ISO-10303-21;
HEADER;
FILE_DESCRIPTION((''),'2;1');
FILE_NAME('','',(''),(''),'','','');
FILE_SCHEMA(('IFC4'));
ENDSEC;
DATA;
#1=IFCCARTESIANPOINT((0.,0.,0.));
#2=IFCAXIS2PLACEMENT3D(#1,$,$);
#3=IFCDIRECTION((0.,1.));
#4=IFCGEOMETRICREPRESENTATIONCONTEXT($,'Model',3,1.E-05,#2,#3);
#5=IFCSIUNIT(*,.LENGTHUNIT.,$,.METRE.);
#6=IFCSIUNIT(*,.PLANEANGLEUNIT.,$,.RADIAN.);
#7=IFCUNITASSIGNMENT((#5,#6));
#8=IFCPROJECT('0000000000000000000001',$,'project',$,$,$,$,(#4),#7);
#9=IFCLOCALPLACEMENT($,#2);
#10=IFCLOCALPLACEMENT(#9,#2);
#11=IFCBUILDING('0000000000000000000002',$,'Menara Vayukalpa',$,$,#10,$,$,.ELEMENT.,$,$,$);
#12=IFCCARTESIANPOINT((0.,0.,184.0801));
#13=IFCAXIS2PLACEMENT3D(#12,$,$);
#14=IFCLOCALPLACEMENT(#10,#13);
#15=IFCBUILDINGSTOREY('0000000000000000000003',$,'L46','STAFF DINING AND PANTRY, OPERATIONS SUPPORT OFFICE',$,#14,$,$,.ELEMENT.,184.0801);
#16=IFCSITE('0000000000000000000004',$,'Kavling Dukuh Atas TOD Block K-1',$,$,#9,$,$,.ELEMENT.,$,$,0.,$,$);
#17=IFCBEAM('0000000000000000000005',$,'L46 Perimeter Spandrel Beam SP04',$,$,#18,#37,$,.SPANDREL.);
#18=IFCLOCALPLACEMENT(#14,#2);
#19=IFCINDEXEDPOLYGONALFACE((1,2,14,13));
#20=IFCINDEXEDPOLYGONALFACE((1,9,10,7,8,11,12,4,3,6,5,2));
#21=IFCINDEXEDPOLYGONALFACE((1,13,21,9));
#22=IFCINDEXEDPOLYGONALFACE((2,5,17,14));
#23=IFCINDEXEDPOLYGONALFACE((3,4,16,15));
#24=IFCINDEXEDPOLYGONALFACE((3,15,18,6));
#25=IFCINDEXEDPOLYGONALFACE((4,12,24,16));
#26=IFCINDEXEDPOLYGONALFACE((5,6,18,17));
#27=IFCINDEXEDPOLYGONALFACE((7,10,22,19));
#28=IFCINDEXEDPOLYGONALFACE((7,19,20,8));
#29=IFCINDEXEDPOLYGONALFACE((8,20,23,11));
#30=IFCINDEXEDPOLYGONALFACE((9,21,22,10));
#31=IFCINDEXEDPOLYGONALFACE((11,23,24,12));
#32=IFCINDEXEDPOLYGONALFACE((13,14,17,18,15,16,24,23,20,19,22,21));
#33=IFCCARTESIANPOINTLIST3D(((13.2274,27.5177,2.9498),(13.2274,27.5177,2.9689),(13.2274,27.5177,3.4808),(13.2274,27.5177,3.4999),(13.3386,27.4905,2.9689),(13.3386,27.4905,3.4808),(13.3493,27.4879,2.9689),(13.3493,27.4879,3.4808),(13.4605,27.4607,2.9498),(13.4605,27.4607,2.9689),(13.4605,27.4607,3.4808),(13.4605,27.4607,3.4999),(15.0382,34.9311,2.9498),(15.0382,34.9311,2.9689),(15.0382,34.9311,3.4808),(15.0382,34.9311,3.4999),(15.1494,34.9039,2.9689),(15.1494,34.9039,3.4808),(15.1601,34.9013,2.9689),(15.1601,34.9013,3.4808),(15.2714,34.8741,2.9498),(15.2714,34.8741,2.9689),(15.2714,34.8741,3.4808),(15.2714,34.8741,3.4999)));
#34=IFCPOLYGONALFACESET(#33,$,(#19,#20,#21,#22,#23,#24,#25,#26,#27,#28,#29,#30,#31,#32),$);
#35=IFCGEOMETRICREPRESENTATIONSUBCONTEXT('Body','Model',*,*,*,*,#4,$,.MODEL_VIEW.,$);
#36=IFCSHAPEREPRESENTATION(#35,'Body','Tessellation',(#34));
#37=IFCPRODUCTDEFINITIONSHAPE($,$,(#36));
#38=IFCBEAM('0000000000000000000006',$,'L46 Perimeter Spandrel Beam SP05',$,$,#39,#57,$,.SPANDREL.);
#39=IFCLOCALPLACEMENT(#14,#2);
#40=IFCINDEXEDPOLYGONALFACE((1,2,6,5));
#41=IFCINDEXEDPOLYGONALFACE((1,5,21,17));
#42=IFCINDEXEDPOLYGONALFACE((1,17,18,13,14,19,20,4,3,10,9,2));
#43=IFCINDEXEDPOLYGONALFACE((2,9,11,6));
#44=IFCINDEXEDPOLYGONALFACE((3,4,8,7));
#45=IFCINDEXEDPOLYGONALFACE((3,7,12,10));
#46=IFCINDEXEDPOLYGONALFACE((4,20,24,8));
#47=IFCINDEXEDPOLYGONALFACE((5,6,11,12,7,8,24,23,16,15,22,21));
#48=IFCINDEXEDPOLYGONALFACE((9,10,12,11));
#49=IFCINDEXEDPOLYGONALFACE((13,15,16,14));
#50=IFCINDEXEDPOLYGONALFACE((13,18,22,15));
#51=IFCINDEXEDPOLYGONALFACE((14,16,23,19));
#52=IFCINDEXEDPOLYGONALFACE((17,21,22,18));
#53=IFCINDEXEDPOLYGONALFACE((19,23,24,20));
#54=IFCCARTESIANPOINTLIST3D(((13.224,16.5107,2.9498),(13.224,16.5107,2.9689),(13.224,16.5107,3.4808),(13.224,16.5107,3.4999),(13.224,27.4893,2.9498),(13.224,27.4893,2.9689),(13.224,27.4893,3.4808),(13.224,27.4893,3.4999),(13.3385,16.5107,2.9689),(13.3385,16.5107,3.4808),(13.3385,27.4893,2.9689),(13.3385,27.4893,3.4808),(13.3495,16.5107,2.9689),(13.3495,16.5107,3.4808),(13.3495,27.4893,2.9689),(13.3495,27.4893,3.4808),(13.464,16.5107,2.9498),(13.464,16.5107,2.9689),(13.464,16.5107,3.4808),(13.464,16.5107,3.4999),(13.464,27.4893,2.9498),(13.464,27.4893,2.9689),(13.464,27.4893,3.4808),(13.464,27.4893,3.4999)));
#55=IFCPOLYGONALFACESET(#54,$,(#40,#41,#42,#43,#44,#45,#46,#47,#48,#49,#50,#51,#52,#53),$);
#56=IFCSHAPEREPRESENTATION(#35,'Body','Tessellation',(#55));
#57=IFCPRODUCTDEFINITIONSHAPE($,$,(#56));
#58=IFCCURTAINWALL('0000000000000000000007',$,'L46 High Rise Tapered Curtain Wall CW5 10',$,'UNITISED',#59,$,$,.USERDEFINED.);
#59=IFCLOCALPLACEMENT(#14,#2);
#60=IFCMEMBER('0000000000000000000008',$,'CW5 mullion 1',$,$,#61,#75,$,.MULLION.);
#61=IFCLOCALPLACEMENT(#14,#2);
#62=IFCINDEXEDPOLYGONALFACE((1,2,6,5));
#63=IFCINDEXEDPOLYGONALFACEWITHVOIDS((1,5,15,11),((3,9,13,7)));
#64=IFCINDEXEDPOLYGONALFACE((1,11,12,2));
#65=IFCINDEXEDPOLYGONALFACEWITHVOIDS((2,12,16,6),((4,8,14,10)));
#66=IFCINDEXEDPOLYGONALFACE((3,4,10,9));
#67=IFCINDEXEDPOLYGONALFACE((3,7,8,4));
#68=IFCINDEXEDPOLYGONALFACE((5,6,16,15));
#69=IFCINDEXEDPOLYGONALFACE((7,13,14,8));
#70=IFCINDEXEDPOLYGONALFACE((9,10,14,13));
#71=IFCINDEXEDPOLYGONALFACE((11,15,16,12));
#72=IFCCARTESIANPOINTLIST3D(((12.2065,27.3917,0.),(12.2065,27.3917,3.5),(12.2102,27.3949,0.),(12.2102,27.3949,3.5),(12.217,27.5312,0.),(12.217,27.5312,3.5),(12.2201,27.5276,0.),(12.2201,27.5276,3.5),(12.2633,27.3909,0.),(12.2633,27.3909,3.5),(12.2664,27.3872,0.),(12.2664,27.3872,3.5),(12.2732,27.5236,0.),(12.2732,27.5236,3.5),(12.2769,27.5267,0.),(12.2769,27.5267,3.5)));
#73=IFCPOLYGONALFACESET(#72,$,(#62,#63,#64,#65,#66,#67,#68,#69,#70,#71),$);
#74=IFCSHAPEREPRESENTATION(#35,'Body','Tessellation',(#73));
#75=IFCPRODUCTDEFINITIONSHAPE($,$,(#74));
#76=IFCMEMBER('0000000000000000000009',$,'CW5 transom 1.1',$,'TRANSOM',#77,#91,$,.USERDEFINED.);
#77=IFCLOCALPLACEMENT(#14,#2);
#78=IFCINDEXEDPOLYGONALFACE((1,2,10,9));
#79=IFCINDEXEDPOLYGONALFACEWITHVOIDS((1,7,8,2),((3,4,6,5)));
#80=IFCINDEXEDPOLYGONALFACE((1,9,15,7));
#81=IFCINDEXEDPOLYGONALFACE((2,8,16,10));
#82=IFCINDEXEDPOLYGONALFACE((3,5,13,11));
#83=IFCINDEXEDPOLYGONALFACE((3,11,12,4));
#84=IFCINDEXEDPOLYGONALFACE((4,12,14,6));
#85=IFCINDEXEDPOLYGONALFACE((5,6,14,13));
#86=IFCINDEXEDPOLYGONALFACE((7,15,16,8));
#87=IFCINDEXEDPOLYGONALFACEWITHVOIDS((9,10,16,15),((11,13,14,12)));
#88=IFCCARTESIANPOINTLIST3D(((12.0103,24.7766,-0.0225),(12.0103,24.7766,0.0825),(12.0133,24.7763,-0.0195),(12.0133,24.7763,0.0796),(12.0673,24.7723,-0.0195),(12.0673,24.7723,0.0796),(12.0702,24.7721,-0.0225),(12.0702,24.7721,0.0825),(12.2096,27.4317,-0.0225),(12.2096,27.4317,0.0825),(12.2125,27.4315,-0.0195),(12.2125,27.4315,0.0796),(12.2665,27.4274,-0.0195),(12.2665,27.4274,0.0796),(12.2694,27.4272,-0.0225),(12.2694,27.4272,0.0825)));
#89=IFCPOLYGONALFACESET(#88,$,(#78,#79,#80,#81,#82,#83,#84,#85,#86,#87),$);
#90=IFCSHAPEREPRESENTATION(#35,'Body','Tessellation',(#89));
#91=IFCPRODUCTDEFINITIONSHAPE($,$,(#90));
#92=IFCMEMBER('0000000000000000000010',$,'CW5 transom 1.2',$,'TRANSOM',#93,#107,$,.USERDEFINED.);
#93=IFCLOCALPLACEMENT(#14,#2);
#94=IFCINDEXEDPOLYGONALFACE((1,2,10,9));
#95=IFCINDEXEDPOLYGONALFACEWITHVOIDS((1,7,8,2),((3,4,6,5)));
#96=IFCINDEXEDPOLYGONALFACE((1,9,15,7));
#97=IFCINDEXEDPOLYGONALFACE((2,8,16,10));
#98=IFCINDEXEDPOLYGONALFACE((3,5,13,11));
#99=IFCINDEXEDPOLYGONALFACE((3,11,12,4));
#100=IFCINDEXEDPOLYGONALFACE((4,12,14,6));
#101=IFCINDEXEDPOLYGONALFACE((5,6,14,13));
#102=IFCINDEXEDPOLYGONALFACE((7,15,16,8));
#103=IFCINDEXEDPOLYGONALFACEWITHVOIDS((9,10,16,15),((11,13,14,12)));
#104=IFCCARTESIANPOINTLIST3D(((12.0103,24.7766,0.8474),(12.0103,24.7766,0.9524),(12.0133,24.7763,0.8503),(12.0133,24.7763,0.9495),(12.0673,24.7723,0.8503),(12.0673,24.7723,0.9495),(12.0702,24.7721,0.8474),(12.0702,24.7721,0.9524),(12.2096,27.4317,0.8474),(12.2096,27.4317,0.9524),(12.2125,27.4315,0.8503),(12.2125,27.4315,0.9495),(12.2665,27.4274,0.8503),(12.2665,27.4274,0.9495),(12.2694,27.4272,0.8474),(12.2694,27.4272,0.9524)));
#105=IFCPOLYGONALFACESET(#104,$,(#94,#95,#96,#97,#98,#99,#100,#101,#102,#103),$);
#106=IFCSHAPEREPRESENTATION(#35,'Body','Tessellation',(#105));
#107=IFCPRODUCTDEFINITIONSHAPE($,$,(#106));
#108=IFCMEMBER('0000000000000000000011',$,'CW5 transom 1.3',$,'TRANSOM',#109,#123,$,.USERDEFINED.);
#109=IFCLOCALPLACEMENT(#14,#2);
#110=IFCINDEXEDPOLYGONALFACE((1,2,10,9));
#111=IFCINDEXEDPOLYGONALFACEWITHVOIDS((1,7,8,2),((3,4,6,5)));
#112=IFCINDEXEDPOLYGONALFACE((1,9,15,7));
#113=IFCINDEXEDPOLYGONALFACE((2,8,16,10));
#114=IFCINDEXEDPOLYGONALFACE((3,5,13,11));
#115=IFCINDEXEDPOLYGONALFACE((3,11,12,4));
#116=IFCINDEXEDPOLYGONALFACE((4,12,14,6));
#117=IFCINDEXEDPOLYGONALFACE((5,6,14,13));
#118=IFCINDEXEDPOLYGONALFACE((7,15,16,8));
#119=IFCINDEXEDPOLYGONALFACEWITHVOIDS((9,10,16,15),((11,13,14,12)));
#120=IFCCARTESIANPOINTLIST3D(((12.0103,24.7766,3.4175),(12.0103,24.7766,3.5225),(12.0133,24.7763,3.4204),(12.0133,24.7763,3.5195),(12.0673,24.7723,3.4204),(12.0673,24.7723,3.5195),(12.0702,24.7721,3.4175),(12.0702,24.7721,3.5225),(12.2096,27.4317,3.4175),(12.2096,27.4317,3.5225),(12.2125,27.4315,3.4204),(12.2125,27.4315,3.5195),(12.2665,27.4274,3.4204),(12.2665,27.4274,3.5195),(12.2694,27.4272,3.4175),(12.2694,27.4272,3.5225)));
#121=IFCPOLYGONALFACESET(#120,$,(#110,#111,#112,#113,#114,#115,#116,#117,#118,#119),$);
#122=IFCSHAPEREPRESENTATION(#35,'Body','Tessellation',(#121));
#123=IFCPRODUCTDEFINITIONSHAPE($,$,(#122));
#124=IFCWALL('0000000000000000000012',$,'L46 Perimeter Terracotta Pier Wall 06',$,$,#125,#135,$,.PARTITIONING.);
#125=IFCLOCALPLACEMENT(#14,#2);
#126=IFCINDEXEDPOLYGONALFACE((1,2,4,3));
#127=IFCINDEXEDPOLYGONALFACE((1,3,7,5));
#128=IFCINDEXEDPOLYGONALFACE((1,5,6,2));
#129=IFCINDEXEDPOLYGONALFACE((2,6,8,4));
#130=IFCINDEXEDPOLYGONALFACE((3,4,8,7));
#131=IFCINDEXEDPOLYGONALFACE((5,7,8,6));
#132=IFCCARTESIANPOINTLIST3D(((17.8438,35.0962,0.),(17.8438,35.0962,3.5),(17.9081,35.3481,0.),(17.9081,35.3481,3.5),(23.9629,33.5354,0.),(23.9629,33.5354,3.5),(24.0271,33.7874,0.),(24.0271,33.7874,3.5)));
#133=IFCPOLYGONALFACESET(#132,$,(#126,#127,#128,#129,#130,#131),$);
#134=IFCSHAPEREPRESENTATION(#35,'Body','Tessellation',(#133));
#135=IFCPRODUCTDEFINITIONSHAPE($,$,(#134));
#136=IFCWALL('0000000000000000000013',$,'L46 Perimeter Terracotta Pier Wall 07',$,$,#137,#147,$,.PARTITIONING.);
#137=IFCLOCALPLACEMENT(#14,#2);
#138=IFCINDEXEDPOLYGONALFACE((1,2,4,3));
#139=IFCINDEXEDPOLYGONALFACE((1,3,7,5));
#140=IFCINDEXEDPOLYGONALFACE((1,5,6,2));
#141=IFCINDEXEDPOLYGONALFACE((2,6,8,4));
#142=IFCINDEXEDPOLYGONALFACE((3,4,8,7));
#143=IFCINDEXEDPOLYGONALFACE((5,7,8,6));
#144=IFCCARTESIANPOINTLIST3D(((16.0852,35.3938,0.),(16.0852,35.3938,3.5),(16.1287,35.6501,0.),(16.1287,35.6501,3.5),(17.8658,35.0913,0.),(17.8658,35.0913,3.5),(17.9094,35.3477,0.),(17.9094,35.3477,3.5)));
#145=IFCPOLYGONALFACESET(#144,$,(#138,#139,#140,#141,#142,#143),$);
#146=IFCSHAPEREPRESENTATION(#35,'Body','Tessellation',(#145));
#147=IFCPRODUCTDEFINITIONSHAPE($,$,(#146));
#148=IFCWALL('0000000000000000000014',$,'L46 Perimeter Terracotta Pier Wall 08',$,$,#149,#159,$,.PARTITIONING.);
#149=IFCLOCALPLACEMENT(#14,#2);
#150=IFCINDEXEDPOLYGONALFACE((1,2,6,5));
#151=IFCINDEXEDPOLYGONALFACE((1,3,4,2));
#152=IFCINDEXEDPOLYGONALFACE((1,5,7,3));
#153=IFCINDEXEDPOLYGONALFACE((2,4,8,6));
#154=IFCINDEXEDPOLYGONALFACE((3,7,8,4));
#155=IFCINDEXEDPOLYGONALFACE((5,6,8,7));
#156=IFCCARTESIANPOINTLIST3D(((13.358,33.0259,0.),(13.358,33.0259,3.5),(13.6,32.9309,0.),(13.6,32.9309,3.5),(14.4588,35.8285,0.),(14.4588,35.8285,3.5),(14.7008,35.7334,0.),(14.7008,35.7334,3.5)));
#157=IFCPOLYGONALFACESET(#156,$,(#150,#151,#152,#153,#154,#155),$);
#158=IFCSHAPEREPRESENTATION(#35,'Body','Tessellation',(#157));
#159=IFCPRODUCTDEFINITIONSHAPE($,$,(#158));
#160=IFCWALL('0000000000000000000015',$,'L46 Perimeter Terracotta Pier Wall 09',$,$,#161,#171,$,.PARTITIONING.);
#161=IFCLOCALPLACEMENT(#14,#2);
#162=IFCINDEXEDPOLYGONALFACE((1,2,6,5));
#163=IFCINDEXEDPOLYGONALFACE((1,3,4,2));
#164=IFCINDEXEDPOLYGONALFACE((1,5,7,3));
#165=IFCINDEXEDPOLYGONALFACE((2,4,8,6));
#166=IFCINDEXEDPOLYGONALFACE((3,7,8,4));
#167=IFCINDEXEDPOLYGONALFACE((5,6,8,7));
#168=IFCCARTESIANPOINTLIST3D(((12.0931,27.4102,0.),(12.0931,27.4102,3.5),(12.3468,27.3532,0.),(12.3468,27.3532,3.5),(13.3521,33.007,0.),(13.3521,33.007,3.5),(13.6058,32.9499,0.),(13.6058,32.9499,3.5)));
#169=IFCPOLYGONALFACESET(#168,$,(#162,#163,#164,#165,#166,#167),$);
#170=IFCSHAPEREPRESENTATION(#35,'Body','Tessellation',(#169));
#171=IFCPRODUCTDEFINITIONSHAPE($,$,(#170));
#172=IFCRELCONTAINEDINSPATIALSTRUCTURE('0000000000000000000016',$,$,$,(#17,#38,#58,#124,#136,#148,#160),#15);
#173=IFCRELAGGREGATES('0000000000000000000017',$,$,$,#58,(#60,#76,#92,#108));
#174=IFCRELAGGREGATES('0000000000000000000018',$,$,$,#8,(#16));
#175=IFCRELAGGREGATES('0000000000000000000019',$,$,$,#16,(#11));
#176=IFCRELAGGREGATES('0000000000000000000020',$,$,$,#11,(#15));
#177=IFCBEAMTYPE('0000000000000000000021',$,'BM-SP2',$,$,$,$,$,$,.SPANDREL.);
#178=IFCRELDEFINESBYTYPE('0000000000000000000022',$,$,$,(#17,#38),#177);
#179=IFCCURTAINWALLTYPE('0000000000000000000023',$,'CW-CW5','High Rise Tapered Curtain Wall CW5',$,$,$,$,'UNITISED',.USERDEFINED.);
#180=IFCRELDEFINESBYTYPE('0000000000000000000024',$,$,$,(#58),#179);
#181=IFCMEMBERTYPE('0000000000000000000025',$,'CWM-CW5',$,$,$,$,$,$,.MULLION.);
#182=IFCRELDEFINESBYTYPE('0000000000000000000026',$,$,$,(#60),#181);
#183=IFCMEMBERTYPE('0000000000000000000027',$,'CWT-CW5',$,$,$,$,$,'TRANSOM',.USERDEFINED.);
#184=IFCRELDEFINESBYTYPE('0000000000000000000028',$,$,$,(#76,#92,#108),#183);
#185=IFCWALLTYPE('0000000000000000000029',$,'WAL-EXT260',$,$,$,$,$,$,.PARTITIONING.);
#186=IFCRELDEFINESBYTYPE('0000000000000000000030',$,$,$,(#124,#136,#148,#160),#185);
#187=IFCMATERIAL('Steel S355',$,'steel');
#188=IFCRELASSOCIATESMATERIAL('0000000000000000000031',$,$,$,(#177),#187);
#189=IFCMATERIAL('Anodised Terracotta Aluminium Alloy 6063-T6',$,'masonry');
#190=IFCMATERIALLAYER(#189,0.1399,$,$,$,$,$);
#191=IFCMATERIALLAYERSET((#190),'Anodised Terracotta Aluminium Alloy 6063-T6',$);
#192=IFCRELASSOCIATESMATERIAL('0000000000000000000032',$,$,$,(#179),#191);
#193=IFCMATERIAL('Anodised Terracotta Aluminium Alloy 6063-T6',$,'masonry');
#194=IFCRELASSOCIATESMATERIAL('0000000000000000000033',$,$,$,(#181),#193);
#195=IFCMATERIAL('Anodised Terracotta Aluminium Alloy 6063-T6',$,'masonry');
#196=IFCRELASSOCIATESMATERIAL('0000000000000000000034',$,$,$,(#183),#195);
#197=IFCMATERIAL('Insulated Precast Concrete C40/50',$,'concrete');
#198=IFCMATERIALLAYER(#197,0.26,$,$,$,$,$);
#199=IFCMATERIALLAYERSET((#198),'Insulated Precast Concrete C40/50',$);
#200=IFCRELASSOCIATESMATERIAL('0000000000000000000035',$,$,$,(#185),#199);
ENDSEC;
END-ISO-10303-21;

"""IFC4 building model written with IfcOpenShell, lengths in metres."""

from ifc_helpers import new_model, si_unit, direction, frame, frame_2d, origin, origin_2d, place, context, subcontext, project, spatial, rectangle, hollow_rectangle, i_section, extrude, material, layer, layer_set, material_profile, profile_set, type_object, element, aggregate, save


model = new_model("IFC4")

# Units and contexts
model_context = context("Model", 3, precision=1e-05, world=origin(), true_north=direction((0.0, 1.0)))
body_context = subcontext(model_context, "Body", "Model", "MODEL_VIEW")
ifc_project = project(units=[si_unit("LENGTHUNIT", "METRE"), si_unit("PLANEANGLEUNIT", "RADIAN")], contexts=[model_context])

# Site, building, storey
site_placement = place(None, origin())
site = spatial("IfcSite", under=ifc_project, at=site_placement, Name="Kavling Dukuh Atas TOD Block K-1", CompositionType="ELEMENT", RefElevation=0.0)
building_placement = place(site_placement, origin())
building = spatial("IfcBuilding", under=site, at=building_placement, Name="Menara Vayukalpa", CompositionType="ELEMENT")
storey_placement = place(building_placement, frame((0.0, 0.0, 184.0801)))
storey = spatial("IfcBuildingStorey", under=building, at=storey_placement, Name="L46", Description="STAFF DINING AND PANTRY, OPERATIONS SUPPORT OFFICE", CompositionType="ELEMENT", Elevation=184.0801)

# Beams
ifc_material_1 = material(Name="Steel S355", Category="steel")
ifc_material_profile_1 = material_profile(ifc_material_1, i_section(OverallWidth=0.24, OverallDepth=0.55, WebThickness=0.011, FlangeThickness=0.019, at=origin_2d()), Name="WF 550x240x11x19")
ifc_profile_set_1 = profile_set([ifc_material_profile_1], Name="Steel S355")
beam_type_1 = type_object("IfcBeamType", Name="BM-SP2", PredefinedType="SPANDREL", material=ifc_profile_set_1)
beam_1_placement = place(storey_placement, frame((15.1548, 34.9026, 3.2249), z_axis=(-0.237285, -0.97144, 0.0), x_axis=(0.97144, -0.237285, 0.0)))
element("IfcBeam", 1, at=beam_1_placement, inside=storey, type_object=beam_type_1, Name="L46 Perimeter Spandrel Beam SP04", PredefinedType="SPANDREL", context=body_context, shape_type="SweptSolid", body=[
    extrude(i_section(OverallWidth=0.24, OverallDepth=0.55, WebThickness=0.011, FlangeThickness=0.019, at=origin_2d()), origin(), (0.0, 0.0, 1.0), 7.6313),
])
beam_2_placement = place(storey_placement, frame((13.344, 27.4893, 3.2249), z_axis=(0.0, -1.0, 0.0), x_axis=(1.0, 0.0, 0.0)))
element("IfcBeam", 2, at=beam_2_placement, inside=storey, type_object=beam_type_1, Name="L46 Perimeter Spandrel Beam SP05", PredefinedType="SPANDREL", context=body_context, shape_type="SweptSolid", body=[
    extrude(i_section(OverallWidth=0.24, OverallDepth=0.55, WebThickness=0.011, FlangeThickness=0.019, at=origin_2d()), origin(), (0.0, 0.0, 1.0), 10.9785),
])

# Curtain wall, members
ifc_material_2 = material(Name="Anodised Terracotta Aluminium Alloy 6063-T6", Category="masonry")
ifc_layer_1 = layer(ifc_material_2, 0.1399)
ifc_layer_set_1 = layer_set([ifc_layer_1], Name="Anodised Terracotta Aluminium Alloy 6063-T6")
curtain_wall_type = type_object("IfcCurtainWallType", Name="CW-CW5", Description="High Rise Tapered Curtain Wall CW5", ElementType="UNITISED", PredefinedType="USERDEFINED", material=ifc_layer_set_1)
curtain_wall_placement = place(storey_placement, origin())
curtain_wall = element("IfcCurtainWall", 3, at=curtain_wall_placement, inside=storey, type_object=curtain_wall_type, Name="L46 High Rise Tapered Curtain Wall CW5 10", ObjectType="UNITISED", PredefinedType="USERDEFINED")
ifc_material_3 = material(Name="Anodised Terracotta Aluminium Alloy 6063-T6", Category="masonry")
ifc_material_profile_2 = material_profile(ifc_material_3, hollow_rectangle(XDim=0.0601, YDim=0.1399, WallThickness=0.0034, at=origin_2d()), Name="ALU 60x140x3.5")
ifc_profile_set_2 = profile_set([ifc_material_profile_2], Name="Anodised Terracotta Aluminium Alloy 6063-T6")
member_type_1 = type_object("IfcMemberType", Name="CWM-CW5", PredefinedType="MULLION", material=ifc_profile_set_2)
member_1_placement = place(storey_placement, frame((12.2417, 27.4592, 0.0), z_axis=(0.0, 0.0, 1.0), x_axis=(0.997199, -0.074792, 0.0)))
member_1 = element("IfcMember", 4, at=member_1_placement, type_object=member_type_1, Name="CW5 mullion 1", PredefinedType="MULLION", context=body_context, shape_type="SweptSolid", body=[
    extrude(hollow_rectangle(XDim=0.0601, YDim=0.1399, WallThickness=0.0034, at=origin_2d()), origin(), (0.0, 0.0, 1.0), 3.5),
])
ifc_material_4 = material(Name="Anodised Terracotta Aluminium Alloy 6063-T6", Category="masonry")
ifc_material_profile_3 = material_profile(ifc_material_4, hollow_rectangle(XDim=0.0601, YDim=0.105, WallThickness=0.0029, at=origin_2d()), Name="ALU 60x105x3")
ifc_profile_set_3 = profile_set([ifc_material_profile_3], Name="Anodised Terracotta Aluminium Alloy 6063-T6")
member_type_2 = type_object("IfcMemberType", Name="CWT-CW5", ElementType="TRANSOM", PredefinedType="USERDEFINED", material=ifc_profile_set_3)
member_2_placement = place(storey_placement, frame((12.2395, 27.4294, 0.03), z_axis=(-0.074824, -0.997197, 0.0), x_axis=(0.997197, -0.074824, 0.0)))
member_2 = element("IfcMember", 5, at=member_2_placement, type_object=member_type_2, Name="CW5 transom 1.1", ObjectType="TRANSOM", PredefinedType="USERDEFINED", context=body_context, shape_type="SweptSolid", body=[
    extrude(hollow_rectangle(XDim=0.0601, YDim=0.105, WallThickness=0.0029, at=origin_2d()), origin(), (0.0, 0.0, 1.0), 2.6626),
])
member_3_placement = place(storey_placement, frame((12.2395, 27.4294, 0.8999), z_axis=(-0.074824, -0.997197, 0.0), x_axis=(0.997197, -0.074824, 0.0)))
member_3 = element("IfcMember", 6, at=member_3_placement, type_object=member_type_2, Name="CW5 transom 1.2", ObjectType="TRANSOM", PredefinedType="USERDEFINED", context=body_context, shape_type="SweptSolid", body=[
    extrude(hollow_rectangle(XDim=0.0601, YDim=0.105, WallThickness=0.0029, at=origin_2d()), origin(), (0.0, 0.0, 1.0), 2.6626),
])
member_4_placement = place(storey_placement, frame((12.2395, 27.4294, 3.47), z_axis=(-0.074824, -0.997197, 0.0), x_axis=(0.997197, -0.074824, 0.0)))
member_4 = element("IfcMember", 7, at=member_4_placement, type_object=member_type_2, Name="CW5 transom 1.3", ObjectType="TRANSOM", PredefinedType="USERDEFINED", context=body_context, shape_type="SweptSolid", body=[
    extrude(hollow_rectangle(XDim=0.0601, YDim=0.105, WallThickness=0.0029, at=origin_2d()), origin(), (0.0, 0.0, 1.0), 2.6626),
])
aggregate(curtain_wall, [member_1, member_2, member_3, member_4])

# Walls
ifc_material_5 = material(Name="Insulated Precast Concrete C40/50", Category="concrete")
ifc_layer_2 = layer(ifc_material_5, 0.26)
ifc_layer_set_2 = layer_set([ifc_layer_2], Name="Insulated Precast Concrete C40/50")
wall_type_1 = type_object("IfcWallType", Name="WAL-EXT260", PredefinedType="PARTITIONING", material=ifc_layer_set_2)
wall_1_placement = place(storey_placement, frame((17.876, 35.2222, 0.0), z_axis=(0.0, 0.0, 1.0), x_axis=(0.968976, -0.247154, 0.0)))
element("IfcWall", 8, at=wall_1_placement, inside=storey, type_object=wall_type_1, Name="L46 Perimeter Terracotta Pier Wall 06", PredefinedType="PARTITIONING", context=body_context, shape_type="SweptSolid", body=[
    extrude(rectangle(XDim=6.3149, YDim=0.26, at=frame_2d((3.1575, 0.0))), origin(), (0.0, 0.0, 1.0), 3.5),
])
wall_2_placement = place(storey_placement, frame((16.1069, 35.522, 0.0), z_axis=(0.0, 0.0, 1.0), x_axis=(0.985878, -0.167467, 0.0)))
element("IfcWall", 9, at=wall_2_placement, inside=storey, type_object=wall_type_1, Name="L46 Perimeter Terracotta Pier Wall 07", PredefinedType="PARTITIONING", context=body_context, shape_type="SweptSolid", body=[
    extrude(rectangle(XDim=1.8062, YDim=0.26, at=frame_2d((0.9031, 0.0))), origin(), (0.0, 0.0, 1.0), 3.5),
])
wall_3_placement = place(storey_placement, frame((13.479, 32.9785, 0.0), z_axis=(0.0, 0.0, 1.0), x_axis=(0.36561, 0.930768, 0.0)))
element("IfcWall", 10, at=wall_3_placement, inside=storey, type_object=wall_type_1, Name="L46 Perimeter Terracotta Pier Wall 08", PredefinedType="PARTITIONING", context=body_context, shape_type="SweptSolid", body=[
    extrude(rectangle(XDim=3.011, YDim=0.26, at=frame_2d((1.5054, 0.0))), origin(), (0.0, 0.0, 1.0), 3.5),
])
wall_4_placement = place(storey_placement, frame((12.22, 27.3818, 0.0), z_axis=(0.0, 0.0, 1.0), x_axis=(0.219476, 0.975618, 0.0)))
element("IfcWall", 11, at=wall_4_placement, inside=storey, type_object=wall_type_1, Name="L46 Perimeter Terracotta Pier Wall 09", PredefinedType="PARTITIONING", context=body_context, shape_type="SweptSolid", body=[
    extrude(rectangle(XDim=5.7366, YDim=0.26, at=frame_2d((2.8682, 0.0))), origin(), (0.0, 0.0, 1.0), 3.5),
])

save(model, "model.ifc")
